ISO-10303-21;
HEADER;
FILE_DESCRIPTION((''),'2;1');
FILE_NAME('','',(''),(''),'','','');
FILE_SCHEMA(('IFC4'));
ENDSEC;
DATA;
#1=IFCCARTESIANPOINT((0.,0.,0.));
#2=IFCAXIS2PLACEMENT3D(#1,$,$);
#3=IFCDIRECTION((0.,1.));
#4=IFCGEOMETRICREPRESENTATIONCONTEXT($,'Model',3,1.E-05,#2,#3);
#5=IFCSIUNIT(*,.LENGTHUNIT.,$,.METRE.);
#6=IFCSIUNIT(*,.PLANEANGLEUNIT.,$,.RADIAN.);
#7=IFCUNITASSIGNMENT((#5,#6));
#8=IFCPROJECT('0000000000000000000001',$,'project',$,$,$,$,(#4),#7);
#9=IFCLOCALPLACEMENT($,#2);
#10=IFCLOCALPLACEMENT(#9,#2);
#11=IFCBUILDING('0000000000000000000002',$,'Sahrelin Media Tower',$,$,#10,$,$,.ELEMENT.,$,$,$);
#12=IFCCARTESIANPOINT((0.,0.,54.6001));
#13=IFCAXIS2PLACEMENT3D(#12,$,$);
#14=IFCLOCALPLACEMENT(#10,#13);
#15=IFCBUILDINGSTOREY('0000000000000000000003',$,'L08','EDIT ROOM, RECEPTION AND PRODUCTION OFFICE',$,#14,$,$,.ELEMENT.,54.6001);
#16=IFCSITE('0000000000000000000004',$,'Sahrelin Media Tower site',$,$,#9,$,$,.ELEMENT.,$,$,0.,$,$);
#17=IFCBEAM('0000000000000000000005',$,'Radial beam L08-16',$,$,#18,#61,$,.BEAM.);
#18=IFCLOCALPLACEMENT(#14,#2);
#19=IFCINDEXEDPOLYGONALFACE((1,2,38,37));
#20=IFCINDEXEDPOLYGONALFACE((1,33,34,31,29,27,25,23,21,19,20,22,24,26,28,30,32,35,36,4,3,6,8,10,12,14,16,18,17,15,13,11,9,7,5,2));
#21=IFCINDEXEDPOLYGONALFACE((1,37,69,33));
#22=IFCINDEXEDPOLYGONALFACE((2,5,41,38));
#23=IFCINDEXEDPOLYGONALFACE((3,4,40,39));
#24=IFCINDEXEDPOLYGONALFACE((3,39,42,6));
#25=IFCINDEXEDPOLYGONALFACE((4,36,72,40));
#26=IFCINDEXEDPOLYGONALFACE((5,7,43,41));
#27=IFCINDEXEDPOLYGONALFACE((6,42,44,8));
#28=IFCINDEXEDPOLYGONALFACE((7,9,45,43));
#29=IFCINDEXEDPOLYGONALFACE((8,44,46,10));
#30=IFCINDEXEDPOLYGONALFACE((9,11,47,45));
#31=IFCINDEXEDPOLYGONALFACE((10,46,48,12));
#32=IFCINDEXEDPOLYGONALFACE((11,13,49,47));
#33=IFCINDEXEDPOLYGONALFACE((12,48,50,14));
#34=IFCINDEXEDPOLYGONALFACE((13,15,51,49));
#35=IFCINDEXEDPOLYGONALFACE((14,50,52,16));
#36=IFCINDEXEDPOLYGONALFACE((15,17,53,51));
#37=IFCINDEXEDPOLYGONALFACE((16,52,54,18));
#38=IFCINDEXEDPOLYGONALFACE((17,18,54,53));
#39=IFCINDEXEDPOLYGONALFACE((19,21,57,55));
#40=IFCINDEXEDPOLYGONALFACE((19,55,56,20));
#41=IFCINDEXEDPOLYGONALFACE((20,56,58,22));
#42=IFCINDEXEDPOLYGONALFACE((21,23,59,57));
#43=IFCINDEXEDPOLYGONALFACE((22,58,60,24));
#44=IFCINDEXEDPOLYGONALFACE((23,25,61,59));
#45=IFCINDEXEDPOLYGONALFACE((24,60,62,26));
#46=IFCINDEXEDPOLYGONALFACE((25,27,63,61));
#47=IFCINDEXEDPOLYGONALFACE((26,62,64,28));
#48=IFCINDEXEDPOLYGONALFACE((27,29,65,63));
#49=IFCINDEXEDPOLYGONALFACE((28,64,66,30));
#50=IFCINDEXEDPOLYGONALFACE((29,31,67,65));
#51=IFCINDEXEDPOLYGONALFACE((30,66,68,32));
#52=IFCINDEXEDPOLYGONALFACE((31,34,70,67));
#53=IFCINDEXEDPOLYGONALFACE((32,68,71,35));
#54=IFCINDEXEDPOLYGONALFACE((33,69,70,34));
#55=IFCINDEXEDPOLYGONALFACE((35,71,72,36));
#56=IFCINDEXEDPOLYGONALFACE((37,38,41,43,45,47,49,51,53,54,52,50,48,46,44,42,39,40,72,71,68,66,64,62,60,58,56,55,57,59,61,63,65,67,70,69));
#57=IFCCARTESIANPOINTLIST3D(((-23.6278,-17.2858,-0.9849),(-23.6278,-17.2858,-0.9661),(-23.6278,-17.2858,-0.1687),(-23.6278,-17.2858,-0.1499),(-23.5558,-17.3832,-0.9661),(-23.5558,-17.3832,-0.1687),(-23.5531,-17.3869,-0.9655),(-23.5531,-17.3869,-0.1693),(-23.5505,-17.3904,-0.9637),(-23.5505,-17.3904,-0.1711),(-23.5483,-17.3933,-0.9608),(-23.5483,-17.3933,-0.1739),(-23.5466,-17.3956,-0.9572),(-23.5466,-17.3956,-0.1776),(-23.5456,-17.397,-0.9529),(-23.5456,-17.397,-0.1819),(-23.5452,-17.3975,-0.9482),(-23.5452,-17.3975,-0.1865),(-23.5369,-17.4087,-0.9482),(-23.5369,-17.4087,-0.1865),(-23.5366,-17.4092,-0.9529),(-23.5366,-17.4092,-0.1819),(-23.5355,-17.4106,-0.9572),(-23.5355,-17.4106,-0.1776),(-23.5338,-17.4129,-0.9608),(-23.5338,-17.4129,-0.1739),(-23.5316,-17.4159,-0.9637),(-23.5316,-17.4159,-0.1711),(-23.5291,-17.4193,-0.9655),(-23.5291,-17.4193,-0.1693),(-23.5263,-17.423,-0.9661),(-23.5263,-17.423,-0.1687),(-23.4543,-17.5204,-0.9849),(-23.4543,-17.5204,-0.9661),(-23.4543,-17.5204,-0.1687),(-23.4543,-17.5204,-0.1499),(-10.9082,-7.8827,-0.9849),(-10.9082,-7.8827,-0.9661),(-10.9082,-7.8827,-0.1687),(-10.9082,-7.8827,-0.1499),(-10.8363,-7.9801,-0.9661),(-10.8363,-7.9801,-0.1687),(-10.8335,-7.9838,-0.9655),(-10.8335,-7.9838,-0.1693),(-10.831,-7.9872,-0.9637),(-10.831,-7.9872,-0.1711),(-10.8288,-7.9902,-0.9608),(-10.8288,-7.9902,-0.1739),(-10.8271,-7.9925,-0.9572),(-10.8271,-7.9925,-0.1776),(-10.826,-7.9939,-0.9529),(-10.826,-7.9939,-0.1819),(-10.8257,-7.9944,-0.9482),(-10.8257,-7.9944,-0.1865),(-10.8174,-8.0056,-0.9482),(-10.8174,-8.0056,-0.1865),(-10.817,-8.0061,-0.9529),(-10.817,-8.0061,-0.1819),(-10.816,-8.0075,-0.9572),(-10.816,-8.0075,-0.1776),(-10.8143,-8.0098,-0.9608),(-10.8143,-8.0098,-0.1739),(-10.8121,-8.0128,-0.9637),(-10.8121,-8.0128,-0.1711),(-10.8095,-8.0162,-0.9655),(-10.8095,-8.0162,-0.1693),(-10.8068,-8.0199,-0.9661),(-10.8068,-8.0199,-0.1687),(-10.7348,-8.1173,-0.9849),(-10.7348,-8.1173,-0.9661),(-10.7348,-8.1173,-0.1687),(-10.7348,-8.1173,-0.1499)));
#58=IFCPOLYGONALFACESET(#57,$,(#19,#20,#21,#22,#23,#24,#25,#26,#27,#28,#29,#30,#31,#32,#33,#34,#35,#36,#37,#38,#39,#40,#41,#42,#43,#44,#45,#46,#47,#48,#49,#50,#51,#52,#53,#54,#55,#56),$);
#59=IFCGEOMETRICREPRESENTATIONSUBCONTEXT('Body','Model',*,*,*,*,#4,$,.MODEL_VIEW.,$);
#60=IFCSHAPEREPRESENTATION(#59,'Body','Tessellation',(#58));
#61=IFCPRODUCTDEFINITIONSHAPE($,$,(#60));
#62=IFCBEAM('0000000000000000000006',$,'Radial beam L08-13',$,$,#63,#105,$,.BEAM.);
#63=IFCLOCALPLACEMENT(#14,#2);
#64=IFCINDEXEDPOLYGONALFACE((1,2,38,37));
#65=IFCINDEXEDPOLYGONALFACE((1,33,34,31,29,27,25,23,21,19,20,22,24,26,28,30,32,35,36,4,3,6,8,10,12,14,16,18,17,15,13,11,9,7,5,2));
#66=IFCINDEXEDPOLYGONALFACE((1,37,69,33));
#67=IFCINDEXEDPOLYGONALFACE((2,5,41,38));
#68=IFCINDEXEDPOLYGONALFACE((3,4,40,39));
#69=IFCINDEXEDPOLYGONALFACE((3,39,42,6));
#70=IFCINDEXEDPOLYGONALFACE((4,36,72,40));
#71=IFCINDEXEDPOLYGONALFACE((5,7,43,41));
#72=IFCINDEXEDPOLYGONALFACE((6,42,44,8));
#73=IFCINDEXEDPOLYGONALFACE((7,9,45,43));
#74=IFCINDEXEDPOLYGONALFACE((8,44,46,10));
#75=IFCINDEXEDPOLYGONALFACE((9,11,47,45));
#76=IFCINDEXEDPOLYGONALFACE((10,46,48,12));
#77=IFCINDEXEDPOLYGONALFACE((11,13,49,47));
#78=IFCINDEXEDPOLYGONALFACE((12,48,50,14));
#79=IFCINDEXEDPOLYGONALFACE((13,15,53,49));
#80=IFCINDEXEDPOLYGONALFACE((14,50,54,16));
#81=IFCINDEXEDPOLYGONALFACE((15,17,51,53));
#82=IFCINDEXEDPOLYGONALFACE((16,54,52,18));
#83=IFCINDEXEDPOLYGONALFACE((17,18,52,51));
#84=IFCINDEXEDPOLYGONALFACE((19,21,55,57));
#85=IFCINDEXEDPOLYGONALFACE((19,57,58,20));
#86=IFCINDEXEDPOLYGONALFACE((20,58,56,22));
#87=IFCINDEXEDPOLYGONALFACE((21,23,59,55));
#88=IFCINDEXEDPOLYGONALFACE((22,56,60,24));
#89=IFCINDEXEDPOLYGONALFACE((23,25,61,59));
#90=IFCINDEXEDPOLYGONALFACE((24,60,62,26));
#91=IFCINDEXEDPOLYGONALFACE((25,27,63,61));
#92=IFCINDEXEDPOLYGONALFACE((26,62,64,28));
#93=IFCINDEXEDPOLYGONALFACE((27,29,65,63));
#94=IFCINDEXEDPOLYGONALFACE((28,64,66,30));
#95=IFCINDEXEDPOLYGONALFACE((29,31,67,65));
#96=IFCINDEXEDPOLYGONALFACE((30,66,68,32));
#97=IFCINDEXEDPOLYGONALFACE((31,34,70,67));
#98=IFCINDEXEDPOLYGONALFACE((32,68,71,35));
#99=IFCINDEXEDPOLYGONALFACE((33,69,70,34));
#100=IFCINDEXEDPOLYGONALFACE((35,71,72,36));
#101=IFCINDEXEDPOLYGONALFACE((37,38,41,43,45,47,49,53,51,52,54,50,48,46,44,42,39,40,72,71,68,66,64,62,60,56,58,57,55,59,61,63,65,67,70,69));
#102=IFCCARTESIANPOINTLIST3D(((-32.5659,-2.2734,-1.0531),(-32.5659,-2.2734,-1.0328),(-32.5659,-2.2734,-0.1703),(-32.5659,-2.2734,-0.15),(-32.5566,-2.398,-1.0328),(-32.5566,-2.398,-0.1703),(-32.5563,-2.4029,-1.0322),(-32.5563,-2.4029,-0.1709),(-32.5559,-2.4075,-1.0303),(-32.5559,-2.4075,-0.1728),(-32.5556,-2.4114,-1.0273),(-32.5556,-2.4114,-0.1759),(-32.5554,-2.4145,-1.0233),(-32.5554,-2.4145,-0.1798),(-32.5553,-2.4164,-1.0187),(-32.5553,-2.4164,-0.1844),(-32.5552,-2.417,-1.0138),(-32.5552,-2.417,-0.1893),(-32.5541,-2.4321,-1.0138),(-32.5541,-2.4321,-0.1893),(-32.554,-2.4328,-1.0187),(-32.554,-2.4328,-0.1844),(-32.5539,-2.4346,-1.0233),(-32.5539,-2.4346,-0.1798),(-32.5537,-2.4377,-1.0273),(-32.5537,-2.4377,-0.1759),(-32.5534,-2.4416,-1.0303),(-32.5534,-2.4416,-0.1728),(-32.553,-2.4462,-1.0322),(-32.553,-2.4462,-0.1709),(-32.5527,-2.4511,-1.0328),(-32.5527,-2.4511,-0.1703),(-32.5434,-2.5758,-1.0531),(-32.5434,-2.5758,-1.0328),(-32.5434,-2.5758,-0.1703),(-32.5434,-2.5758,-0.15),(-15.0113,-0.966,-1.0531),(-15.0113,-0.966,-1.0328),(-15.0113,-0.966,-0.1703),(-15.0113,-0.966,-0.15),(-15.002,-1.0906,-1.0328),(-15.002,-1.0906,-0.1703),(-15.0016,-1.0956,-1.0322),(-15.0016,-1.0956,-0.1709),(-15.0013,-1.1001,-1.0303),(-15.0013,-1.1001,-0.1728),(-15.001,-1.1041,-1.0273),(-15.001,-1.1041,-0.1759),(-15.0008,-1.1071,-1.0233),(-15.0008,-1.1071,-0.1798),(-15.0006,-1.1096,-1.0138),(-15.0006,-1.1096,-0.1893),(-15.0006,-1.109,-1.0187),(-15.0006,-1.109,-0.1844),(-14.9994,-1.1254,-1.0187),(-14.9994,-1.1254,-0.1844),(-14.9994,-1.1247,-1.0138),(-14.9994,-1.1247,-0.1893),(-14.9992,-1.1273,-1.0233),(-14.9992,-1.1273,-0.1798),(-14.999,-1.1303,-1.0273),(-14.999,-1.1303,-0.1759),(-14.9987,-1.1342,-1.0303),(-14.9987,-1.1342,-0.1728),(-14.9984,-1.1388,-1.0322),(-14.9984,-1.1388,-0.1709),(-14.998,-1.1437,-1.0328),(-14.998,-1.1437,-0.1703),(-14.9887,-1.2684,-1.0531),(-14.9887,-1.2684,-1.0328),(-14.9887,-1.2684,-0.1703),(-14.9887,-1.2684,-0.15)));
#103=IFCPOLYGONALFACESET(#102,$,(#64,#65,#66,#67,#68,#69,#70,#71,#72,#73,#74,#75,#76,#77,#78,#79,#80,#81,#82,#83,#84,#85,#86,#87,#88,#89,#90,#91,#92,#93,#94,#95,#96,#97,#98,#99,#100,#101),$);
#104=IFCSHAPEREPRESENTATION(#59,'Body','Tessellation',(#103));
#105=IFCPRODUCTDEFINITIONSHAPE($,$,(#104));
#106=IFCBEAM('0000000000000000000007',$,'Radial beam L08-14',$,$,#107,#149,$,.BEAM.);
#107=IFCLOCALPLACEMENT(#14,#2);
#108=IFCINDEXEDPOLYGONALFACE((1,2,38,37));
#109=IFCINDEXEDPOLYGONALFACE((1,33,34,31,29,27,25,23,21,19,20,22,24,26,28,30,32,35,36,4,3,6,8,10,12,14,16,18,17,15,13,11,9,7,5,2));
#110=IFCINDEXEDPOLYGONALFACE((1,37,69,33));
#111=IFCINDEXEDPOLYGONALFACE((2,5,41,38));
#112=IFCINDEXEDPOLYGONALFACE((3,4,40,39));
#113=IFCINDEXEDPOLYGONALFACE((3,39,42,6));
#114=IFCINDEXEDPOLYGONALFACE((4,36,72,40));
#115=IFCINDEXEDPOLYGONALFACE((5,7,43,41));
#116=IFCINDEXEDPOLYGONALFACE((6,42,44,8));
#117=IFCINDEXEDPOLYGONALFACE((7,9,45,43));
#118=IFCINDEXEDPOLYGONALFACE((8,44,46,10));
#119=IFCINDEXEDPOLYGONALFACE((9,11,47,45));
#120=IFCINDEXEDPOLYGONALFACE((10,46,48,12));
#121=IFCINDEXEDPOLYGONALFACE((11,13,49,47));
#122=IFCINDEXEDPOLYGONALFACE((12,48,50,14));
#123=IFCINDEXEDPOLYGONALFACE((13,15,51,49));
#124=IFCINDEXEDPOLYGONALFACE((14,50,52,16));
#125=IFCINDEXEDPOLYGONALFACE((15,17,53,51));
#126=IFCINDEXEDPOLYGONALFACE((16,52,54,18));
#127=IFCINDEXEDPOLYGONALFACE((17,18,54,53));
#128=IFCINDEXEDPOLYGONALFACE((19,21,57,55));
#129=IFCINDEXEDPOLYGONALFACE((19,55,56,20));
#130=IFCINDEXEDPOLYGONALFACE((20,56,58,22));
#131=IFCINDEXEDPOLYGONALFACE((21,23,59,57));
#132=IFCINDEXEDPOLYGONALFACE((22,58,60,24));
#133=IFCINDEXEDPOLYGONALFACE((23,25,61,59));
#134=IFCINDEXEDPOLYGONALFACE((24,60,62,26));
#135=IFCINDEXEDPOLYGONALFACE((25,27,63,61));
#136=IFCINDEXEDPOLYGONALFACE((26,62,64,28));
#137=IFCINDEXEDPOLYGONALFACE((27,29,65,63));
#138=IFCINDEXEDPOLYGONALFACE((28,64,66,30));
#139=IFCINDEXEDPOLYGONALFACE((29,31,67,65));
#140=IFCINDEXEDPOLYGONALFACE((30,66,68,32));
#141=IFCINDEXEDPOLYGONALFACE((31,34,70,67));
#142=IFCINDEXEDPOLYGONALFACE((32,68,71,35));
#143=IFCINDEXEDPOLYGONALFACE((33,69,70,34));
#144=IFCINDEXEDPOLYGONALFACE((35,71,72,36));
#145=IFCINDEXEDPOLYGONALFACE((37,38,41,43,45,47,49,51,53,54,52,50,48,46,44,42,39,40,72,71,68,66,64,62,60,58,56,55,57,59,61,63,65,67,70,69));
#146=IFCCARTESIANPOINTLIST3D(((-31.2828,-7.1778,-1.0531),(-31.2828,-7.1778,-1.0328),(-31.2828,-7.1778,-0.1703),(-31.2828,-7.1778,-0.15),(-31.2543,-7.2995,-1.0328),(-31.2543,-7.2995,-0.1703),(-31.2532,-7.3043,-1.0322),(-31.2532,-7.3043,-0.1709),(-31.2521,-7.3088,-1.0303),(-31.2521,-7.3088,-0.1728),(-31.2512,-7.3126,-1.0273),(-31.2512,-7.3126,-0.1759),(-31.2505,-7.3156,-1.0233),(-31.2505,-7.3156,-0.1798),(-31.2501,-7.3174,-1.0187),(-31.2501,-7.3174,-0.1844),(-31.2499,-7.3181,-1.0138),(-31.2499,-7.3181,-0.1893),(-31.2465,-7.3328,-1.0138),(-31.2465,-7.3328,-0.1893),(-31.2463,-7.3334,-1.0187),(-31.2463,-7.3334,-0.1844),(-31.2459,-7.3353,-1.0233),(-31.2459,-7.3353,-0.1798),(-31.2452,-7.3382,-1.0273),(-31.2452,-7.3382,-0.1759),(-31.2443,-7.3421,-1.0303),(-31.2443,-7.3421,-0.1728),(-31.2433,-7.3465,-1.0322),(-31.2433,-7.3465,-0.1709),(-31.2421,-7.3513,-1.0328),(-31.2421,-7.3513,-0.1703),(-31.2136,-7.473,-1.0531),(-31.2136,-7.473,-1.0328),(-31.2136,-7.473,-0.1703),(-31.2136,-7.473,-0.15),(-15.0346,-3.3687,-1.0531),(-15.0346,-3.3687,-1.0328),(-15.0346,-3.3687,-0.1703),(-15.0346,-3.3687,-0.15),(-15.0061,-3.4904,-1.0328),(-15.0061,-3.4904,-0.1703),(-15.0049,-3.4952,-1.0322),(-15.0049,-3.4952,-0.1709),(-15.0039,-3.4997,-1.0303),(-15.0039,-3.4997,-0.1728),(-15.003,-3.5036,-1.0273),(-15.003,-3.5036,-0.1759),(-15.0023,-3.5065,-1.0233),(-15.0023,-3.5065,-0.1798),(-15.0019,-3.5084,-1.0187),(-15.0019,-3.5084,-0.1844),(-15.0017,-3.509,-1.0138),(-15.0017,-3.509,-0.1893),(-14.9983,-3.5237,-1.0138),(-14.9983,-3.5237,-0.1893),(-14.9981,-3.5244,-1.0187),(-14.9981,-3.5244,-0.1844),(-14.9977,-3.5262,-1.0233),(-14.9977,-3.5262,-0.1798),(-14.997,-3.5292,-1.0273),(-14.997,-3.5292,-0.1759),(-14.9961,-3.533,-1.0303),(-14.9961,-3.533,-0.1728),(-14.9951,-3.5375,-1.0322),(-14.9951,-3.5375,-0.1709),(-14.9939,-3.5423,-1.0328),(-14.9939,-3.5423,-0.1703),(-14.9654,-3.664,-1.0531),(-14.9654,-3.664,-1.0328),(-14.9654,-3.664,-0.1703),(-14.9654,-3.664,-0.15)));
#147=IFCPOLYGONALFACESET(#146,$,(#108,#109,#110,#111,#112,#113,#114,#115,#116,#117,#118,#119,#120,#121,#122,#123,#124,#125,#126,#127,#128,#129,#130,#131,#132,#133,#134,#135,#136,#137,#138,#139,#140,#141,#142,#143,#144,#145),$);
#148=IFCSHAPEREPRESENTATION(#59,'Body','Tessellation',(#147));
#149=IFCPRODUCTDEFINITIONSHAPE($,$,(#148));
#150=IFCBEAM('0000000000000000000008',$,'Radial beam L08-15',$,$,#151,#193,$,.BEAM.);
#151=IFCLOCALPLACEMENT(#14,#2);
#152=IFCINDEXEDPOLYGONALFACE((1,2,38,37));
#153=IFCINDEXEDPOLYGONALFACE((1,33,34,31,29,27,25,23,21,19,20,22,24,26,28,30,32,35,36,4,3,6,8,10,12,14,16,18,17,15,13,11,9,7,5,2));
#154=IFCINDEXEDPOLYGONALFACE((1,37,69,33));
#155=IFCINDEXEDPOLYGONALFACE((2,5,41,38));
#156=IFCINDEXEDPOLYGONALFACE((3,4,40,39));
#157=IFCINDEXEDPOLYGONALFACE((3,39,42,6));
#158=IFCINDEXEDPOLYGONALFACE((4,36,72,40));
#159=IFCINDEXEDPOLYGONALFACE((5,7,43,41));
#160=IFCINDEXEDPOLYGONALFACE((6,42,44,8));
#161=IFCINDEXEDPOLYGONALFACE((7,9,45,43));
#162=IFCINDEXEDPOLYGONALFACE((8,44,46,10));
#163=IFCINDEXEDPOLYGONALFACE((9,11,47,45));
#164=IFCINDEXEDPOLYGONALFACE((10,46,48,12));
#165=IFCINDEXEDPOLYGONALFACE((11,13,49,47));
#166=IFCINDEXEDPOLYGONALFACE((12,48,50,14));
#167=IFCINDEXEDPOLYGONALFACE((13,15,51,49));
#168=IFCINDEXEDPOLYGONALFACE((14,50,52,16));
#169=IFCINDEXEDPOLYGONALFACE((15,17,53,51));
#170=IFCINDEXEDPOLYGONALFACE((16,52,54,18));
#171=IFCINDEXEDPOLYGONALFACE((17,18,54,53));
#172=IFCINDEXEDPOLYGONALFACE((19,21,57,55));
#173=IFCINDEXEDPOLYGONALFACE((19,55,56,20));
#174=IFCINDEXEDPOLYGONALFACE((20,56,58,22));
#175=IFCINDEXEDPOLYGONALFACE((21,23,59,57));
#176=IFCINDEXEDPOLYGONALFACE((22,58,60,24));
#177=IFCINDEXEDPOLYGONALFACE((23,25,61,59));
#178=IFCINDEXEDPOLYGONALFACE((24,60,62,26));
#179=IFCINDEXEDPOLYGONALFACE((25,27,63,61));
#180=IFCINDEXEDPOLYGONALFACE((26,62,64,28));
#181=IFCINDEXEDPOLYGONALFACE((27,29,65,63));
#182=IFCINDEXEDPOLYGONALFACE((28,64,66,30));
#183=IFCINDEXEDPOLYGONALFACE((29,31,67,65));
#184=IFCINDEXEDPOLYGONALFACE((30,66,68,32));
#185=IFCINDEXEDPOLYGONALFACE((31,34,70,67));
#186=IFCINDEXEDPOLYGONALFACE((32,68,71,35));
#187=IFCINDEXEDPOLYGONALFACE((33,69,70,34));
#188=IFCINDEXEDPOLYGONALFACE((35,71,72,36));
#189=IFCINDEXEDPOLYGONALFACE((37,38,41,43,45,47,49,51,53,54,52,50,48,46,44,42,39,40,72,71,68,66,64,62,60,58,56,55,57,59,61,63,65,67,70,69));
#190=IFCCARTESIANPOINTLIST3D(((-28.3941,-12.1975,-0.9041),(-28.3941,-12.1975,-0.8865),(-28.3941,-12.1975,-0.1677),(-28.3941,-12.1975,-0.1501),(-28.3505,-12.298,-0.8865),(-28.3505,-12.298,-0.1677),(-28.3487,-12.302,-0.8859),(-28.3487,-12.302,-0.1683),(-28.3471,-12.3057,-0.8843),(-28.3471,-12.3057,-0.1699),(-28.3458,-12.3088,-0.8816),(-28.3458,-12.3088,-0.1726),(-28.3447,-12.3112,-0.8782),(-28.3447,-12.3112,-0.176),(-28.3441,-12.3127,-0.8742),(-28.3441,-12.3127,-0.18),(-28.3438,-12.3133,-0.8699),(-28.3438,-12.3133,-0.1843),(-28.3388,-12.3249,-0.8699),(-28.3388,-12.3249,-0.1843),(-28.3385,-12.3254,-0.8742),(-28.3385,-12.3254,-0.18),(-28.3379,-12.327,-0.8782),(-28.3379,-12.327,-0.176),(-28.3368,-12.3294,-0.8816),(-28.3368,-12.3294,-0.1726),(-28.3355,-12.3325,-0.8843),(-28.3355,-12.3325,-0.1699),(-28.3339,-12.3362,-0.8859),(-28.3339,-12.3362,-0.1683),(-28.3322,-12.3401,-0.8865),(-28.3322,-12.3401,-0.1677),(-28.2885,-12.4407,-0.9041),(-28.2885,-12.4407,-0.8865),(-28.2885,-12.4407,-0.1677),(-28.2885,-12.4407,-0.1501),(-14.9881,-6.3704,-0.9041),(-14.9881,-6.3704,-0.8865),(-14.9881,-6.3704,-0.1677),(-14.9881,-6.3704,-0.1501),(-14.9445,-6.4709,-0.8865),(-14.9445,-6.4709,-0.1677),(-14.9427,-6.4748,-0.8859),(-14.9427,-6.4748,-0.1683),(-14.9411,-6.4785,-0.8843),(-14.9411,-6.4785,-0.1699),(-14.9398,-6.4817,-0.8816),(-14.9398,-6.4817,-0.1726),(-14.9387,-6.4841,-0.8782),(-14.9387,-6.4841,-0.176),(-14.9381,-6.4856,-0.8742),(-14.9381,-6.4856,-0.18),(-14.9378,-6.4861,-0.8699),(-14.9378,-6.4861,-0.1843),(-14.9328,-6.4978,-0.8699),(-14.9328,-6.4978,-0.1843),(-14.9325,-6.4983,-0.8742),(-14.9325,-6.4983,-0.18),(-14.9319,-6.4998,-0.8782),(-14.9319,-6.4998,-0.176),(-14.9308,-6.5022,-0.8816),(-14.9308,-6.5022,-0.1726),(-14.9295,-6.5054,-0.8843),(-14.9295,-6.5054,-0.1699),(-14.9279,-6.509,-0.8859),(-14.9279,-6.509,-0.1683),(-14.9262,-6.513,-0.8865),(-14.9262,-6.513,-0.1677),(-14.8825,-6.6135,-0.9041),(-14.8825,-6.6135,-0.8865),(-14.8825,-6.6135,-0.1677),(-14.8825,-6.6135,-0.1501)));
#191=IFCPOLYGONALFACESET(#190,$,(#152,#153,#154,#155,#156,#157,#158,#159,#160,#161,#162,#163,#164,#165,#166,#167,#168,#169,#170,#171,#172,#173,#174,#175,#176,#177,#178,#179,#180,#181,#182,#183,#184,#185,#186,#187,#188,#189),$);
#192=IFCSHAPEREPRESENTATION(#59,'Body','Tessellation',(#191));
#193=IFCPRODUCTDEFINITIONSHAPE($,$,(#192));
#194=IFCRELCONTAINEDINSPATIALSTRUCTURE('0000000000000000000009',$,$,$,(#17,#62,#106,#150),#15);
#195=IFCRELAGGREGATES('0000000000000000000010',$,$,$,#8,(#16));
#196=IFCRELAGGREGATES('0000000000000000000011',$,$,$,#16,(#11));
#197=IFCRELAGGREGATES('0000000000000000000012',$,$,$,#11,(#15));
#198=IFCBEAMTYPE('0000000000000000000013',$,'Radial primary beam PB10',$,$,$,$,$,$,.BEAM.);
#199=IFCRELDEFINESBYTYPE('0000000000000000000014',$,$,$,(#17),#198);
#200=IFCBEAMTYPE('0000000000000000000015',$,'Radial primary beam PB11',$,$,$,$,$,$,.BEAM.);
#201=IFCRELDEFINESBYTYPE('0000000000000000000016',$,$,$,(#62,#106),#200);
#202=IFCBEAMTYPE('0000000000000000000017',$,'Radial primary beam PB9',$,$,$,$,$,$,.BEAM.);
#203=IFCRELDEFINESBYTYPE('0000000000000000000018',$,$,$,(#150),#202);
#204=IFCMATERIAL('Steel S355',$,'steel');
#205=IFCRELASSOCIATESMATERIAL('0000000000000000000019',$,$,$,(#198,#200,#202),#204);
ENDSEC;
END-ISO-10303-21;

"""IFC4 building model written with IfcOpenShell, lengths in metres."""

from ifc_helpers import new_model, si_unit, direction, frame, origin, origin_2d, place, context, subcontext, project, spatial, i_section, extrude, material, material_profile, profile_set, type_object, element, save


model = new_model("IFC4")

# Units and contexts
model_context = context("Model", 3, precision=1e-05, world=origin(), true_north=direction((0.0, 1.0)))
body_context = subcontext(model_context, "Body", "Model", "MODEL_VIEW")
ifc_project = project(units=[si_unit("LENGTHUNIT", "METRE"), si_unit("PLANEANGLEUNIT", "RADIAN")], contexts=[model_context])

# Site, building, storey
site_placement = place(None, origin())
site = spatial("IfcSite", under=ifc_project, at=site_placement, Name="Sahrelin Media Tower site", CompositionType="ELEMENT", RefElevation=0.0)
building_placement = place(site_placement, origin())
building = spatial("IfcBuilding", under=site, at=building_placement, Name="Sahrelin Media Tower", CompositionType="ELEMENT")
storey_placement = place(building_placement, frame((0.0, 0.0, 54.6001)))
storey = spatial("IfcBuildingStorey", under=building, at=storey_placement, Name="L08", Description="EDIT ROOM, RECEPTION AND PRODUCTION OFFICE", CompositionType="ELEMENT", Elevation=54.6001)

# Beams
ifc_material_1 = material(Name="Steel S355", Category="steel")
ifc_material_profile_1 = material_profile(ifc_material_1, i_section(OverallWidth=0.2917, OverallDepth=0.835, WebThickness=0.0139, FlangeThickness=0.0188, FilletRadius=0.0178, at=origin_2d()), Name="UB 838x292x176")
ifc_profile_set_1 = profile_set([ifc_material_profile_1], Name="Steel S355")
beam_type_1 = type_object("IfcBeamType", Name="Radial primary beam PB10", PredefinedType="BEAM", material=ifc_profile_set_1)
beam_1_placement = place(storey_placement, frame((-10.8215, -8.0, -0.5674), z_axis=(-0.804124, -0.594461, 0.0), x_axis=(0.594461, -0.804124, 0.0)))
element("IfcBeam", 1, at=beam_1_placement, inside=storey, type_object=beam_type_1, Name="Radial beam L08-16", PredefinedType="BEAM", context=body_context, shape_type="SweptSolid", body=[
    extrude(i_section(OverallWidth=0.2917, OverallDepth=0.835, WebThickness=0.0139, FlangeThickness=0.0188, FilletRadius=0.0178, at=origin_2d()), origin(), (0.0, 0.0, 1.0), 15.8179),
])
ifc_material_profile_2 = material_profile(ifc_material_1, i_section(OverallWidth=0.3032, OverallDepth=0.9031, WebThickness=0.0151, FlangeThickness=0.0203, FilletRadius=0.019, at=origin_2d()), Name="UB 914x305x201")
ifc_profile_set_2 = profile_set([ifc_material_profile_2], Name="Steel S355")
beam_type_2 = type_object("IfcBeamType", Name="Radial primary beam PB11", PredefinedType="BEAM", material=ifc_profile_set_2)
beam_2_placement = place(storey_placement, frame((-15.0, -1.1172, -0.6016), z_axis=(-0.997238, -0.074269, 0.0), x_axis=(0.074269, -0.997238, 0.0)))
element("IfcBeam", 2, at=beam_2_placement, inside=storey, type_object=beam_type_2, Name="Radial beam L08-13", PredefinedType="BEAM", context=body_context, shape_type="SweptSolid", body=[
    extrude(i_section(OverallWidth=0.3032, OverallDepth=0.9031, WebThickness=0.0151, FlangeThickness=0.0203, FilletRadius=0.019, at=origin_2d()), origin(), (0.0, 0.0, 1.0), 17.6033),
])
beam_3_placement = place(storey_placement, frame((-15.0, -3.5164, -0.6016), z_axis=(-0.973604, -0.228242, 0.0), x_axis=(0.228242, -0.973604, 0.0)))
element("IfcBeam", 3, at=beam_3_placement, inside=storey, type_object=beam_type_2, Name="Radial beam L08-14", PredefinedType="BEAM", context=body_context, shape_type="SweptSolid", body=[
    extrude(i_section(OverallWidth=0.3032, OverallDepth=0.9031, WebThickness=0.0151, FlangeThickness=0.0203, FilletRadius=0.019, at=origin_2d()), origin(), (0.0, 0.0, 1.0), 16.6887),
])
ifc_material_profile_3 = material_profile(ifc_material_1, i_section(OverallWidth=0.2651, OverallDepth=0.7539, WebThickness=0.0127, FlangeThickness=0.0176, FilletRadius=0.0166, at=origin_2d()), Name="UB 762x267x147")
ifc_profile_set_3 = profile_set([ifc_material_profile_3], Name="Steel S355")
beam_type_3 = type_object("IfcBeamType", Name="Radial primary beam PB9", PredefinedType="BEAM", material=ifc_profile_set_3)
beam_4_placement = place(storey_placement, frame((-14.9353, -6.4919, -0.5271), z_axis=(-0.917109, -0.398637, 0.0), x_axis=(0.398637, -0.917109, 0.0)))
element("IfcBeam", 4, at=beam_4_placement, inside=storey, type_object=beam_type_3, Name="Radial beam L08-15", PredefinedType="BEAM", context=body_context, shape_type="SweptSolid", body=[
    extrude(i_section(OverallWidth=0.2651, OverallDepth=0.7539, WebThickness=0.0127, FlangeThickness=0.0176, FilletRadius=0.0166, at=origin_2d()), origin(), (0.0, 0.0, 1.0), 14.6177),
])

save(model, "model.ifc")
